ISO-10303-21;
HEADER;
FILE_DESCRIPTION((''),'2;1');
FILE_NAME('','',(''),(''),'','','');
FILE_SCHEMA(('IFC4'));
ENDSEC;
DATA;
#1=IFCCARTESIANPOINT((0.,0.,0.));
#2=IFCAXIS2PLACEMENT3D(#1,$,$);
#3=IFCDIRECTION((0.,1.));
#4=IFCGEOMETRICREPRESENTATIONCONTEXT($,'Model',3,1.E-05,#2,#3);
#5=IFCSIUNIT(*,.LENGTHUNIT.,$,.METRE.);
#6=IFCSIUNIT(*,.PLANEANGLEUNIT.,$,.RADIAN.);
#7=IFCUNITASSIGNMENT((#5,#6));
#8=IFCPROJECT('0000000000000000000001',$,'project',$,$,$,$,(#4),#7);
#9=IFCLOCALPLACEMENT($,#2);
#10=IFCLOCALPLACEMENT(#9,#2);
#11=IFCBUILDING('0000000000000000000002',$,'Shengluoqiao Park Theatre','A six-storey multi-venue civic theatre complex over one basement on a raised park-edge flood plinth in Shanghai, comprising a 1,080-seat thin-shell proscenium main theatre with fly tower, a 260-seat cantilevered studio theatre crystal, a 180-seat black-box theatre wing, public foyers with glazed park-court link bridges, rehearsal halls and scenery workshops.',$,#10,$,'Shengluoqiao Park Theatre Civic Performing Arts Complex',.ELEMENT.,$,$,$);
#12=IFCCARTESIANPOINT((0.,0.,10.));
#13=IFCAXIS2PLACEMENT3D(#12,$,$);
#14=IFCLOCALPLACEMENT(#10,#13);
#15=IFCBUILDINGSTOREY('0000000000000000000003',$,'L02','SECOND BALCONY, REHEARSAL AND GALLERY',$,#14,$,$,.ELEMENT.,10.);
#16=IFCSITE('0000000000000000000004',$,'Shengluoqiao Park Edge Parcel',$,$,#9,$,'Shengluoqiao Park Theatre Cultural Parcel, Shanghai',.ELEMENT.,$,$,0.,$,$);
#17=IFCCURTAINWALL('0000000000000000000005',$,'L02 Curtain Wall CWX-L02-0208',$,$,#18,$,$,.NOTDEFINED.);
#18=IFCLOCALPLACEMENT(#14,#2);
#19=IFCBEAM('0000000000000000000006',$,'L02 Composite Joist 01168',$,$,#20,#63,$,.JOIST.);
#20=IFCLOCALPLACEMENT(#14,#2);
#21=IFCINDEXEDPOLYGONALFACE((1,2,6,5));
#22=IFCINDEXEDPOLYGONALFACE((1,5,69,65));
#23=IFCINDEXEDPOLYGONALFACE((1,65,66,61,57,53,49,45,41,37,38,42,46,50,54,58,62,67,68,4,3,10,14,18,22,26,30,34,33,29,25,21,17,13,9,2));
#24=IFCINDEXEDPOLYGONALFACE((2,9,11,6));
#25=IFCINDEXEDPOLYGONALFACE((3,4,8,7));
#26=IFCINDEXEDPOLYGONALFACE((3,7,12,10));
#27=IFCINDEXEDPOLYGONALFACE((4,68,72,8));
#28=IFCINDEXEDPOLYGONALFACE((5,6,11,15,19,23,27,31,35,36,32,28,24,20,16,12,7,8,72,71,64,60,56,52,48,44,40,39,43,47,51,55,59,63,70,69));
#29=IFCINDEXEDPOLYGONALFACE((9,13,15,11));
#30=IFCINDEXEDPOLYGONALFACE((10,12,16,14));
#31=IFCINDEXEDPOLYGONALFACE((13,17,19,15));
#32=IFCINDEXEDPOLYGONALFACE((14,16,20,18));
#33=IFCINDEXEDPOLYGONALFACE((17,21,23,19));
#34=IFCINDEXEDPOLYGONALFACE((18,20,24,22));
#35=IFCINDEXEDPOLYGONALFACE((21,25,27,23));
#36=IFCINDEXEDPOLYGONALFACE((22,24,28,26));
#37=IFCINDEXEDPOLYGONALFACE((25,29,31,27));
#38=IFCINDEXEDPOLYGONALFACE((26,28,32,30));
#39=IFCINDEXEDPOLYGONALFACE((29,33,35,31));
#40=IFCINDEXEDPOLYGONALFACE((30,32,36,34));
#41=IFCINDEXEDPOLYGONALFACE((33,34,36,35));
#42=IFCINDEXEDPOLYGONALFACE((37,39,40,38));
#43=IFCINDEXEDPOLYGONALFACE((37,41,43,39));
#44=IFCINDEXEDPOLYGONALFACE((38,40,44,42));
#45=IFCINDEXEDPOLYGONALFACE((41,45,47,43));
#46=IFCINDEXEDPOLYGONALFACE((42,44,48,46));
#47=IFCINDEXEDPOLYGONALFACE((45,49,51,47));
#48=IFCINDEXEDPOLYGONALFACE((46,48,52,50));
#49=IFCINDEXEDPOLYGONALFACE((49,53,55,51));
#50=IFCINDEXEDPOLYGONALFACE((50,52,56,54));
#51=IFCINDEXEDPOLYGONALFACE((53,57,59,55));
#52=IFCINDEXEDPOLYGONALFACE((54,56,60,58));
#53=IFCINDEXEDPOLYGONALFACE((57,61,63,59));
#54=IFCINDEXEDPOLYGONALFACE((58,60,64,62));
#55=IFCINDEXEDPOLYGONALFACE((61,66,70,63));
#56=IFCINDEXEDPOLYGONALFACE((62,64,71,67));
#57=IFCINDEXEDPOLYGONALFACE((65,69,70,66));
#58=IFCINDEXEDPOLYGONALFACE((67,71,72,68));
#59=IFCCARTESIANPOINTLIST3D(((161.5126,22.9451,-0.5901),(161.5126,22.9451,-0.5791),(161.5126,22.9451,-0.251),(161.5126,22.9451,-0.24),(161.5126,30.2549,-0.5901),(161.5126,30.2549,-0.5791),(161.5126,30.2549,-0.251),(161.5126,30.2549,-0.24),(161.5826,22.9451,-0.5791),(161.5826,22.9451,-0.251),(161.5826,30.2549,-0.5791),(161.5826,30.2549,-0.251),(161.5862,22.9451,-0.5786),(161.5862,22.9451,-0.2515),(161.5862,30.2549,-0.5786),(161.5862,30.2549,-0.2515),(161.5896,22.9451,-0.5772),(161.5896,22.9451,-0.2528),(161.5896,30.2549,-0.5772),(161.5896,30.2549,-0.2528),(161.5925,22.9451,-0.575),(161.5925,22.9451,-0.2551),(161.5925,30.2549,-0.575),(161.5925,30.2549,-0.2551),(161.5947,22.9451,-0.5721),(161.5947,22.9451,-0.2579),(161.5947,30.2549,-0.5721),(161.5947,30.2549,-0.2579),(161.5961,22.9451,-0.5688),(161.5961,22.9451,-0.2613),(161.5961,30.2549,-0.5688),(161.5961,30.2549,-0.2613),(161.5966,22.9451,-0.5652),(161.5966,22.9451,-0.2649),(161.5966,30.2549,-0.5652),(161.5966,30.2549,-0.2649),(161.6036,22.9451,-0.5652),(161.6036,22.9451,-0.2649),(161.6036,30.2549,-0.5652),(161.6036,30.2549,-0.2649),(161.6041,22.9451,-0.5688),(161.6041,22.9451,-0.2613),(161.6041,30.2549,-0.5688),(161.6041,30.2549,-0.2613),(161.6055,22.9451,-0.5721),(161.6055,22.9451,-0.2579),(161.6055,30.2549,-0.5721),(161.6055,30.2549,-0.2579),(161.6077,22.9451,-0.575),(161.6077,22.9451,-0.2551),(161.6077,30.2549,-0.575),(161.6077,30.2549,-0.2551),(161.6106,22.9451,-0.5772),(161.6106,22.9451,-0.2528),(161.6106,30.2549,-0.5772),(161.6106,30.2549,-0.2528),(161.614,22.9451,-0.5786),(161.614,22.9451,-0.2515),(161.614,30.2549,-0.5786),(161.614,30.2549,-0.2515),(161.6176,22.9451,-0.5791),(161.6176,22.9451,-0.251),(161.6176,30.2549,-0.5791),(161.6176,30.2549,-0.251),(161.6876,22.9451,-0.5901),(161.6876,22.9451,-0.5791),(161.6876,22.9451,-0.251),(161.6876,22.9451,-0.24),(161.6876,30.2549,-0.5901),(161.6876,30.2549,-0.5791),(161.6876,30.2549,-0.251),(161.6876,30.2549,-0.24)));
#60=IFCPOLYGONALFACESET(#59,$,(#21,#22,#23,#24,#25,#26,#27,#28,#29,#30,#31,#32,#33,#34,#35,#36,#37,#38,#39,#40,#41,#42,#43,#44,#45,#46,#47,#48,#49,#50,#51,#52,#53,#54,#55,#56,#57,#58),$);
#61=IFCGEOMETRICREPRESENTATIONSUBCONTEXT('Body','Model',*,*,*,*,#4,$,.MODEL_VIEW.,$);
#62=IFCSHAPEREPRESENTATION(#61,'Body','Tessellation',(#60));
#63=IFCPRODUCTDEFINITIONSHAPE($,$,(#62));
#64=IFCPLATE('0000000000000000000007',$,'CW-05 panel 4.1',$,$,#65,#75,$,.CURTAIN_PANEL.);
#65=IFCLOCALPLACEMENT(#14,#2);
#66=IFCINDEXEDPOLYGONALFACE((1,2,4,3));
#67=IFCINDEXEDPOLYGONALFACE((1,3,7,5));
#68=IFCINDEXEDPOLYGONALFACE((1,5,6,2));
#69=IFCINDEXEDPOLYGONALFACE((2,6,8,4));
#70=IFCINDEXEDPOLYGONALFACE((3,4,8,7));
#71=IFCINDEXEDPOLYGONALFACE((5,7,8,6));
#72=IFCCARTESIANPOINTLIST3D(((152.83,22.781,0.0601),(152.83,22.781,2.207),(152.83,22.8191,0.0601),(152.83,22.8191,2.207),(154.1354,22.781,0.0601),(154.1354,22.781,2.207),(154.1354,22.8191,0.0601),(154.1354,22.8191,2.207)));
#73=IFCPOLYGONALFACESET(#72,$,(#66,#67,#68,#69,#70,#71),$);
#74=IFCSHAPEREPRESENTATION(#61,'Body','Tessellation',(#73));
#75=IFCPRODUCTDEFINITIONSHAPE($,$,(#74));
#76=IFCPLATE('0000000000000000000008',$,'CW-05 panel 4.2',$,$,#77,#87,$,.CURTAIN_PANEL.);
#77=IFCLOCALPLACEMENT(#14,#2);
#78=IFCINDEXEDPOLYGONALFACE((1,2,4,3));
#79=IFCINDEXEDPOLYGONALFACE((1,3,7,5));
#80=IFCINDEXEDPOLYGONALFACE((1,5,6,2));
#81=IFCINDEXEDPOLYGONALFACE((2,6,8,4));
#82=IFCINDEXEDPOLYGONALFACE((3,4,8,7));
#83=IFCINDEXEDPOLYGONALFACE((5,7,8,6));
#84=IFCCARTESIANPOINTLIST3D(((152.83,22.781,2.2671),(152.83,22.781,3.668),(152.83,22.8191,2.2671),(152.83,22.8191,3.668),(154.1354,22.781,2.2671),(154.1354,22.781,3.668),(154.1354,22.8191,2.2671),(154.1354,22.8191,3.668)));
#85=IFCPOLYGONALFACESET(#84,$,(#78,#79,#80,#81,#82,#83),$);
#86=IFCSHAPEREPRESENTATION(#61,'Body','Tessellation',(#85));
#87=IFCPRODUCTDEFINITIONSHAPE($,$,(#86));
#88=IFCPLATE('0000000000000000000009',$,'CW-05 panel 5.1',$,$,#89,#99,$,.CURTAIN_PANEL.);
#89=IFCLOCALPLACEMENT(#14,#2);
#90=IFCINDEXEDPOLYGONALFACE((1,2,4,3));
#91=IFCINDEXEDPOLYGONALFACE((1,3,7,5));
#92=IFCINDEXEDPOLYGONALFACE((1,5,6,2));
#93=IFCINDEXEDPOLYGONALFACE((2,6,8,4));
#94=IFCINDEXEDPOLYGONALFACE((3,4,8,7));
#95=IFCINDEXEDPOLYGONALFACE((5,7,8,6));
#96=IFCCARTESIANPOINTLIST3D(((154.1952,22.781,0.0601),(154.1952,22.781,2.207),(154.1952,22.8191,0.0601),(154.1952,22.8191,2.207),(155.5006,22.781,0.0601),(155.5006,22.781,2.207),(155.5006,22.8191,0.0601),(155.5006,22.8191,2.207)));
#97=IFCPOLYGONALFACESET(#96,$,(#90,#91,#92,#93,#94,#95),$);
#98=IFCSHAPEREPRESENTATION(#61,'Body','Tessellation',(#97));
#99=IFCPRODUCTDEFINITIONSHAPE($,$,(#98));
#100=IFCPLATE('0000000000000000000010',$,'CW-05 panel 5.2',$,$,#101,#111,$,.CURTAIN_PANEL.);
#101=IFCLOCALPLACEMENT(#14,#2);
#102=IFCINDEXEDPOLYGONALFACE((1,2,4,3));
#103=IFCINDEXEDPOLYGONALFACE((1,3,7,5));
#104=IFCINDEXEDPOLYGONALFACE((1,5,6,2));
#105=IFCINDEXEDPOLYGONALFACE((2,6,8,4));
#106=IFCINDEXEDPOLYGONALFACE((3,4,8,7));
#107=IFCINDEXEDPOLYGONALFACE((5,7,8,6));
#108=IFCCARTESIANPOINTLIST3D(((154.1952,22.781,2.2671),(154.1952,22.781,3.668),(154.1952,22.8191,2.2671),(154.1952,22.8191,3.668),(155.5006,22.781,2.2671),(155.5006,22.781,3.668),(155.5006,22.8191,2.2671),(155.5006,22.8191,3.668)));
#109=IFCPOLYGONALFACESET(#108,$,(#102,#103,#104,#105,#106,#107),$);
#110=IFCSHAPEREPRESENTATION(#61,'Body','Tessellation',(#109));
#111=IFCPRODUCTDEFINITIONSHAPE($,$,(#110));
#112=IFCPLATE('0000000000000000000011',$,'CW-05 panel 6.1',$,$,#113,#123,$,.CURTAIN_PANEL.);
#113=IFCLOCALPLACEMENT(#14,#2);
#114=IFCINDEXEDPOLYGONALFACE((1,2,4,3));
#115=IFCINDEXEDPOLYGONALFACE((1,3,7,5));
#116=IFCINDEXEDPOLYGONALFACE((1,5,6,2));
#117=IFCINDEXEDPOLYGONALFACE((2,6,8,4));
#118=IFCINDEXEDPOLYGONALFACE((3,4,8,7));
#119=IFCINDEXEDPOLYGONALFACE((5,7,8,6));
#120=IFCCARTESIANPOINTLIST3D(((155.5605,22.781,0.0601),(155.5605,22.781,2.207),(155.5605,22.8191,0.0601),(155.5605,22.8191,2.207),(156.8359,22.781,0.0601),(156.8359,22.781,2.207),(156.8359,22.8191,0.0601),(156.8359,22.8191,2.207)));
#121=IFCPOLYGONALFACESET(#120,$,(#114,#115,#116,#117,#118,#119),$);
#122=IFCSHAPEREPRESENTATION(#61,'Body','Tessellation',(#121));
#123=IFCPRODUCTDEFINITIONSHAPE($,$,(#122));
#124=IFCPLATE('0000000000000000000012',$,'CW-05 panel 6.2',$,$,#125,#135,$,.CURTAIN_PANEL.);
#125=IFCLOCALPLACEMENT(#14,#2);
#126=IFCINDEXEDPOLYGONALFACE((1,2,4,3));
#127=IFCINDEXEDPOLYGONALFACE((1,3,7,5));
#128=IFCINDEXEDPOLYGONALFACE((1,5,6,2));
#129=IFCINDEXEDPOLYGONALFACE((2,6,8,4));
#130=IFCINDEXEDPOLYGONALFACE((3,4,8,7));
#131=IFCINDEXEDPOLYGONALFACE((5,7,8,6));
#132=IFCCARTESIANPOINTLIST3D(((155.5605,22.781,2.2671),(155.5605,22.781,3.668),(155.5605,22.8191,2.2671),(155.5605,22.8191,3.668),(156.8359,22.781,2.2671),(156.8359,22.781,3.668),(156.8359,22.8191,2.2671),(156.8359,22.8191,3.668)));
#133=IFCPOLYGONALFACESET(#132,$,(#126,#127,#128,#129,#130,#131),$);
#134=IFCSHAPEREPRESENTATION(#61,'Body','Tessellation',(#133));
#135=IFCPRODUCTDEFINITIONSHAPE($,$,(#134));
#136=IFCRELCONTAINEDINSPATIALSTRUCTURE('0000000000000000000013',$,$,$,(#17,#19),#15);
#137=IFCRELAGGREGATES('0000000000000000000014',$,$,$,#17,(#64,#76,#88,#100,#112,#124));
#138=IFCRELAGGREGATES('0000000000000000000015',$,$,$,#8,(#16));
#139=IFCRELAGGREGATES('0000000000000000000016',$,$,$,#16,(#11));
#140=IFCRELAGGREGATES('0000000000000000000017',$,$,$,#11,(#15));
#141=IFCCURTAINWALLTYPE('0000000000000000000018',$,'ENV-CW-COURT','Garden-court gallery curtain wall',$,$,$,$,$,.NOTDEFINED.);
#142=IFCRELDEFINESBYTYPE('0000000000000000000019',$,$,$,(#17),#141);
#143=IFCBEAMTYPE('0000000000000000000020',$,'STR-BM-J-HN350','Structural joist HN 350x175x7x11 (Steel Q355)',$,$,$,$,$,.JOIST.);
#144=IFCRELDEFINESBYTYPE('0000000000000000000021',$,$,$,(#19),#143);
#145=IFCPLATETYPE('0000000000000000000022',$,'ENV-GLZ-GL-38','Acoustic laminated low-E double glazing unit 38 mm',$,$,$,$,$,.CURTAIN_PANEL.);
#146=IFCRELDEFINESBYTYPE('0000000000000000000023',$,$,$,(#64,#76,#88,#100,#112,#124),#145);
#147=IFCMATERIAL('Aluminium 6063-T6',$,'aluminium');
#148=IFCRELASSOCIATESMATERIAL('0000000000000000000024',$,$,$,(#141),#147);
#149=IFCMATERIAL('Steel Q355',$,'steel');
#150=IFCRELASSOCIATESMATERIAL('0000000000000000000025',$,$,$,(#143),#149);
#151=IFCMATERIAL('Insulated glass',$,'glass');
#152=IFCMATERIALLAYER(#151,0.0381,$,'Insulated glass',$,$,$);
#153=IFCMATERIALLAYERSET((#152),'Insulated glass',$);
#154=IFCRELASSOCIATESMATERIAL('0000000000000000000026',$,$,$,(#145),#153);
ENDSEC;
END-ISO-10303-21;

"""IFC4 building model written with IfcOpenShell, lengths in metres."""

from ifc_helpers import new_model, si_unit, direction, frame, origin, origin_2d, place, context, subcontext, project, spatial, rectangle, i_section, extrude, material, layer, layer_set, material_profile, profile_set, type_object, element, aggregate, save


model = new_model("IFC4")

# Units and contexts
model_context = context("Model", 3, precision=1e-05, world=origin(), true_north=direction((0.0, 1.0)))
body_context = subcontext(model_context, "Body", "Model", "MODEL_VIEW")
ifc_project = project(units=[si_unit("LENGTHUNIT", "METRE"), si_unit("PLANEANGLEUNIT", "RADIAN")], contexts=[model_context])

# Site, building, storey
site_placement = place(None, origin())
site = spatial("IfcSite", under=ifc_project, at=site_placement, Name="Shengluoqiao Park Edge Parcel", LongName="Shengluoqiao Park Theatre Cultural Parcel, Shanghai", CompositionType="ELEMENT", RefElevation=0.0)
building_placement = place(site_placement, origin())
building = spatial("IfcBuilding", under=site, at=building_placement, Name="Shengluoqiao Park Theatre", Description="A six-storey multi-venue civic theatre complex over one basement on a raised park-edge flood plinth in Shanghai, comprising a 1,080-seat thin-shell proscenium main theatre with fly tower, a 260-seat cantilevered studio theatre crystal, a 180-seat black-box theatre wing, public foyers with glazed park-court link bridges, rehearsal halls and scenery workshops.", LongName="Shengluoqiao Park Theatre Civic Performing Arts Complex", CompositionType="ELEMENT")
storey_placement = place(building_placement, frame((0.0, 0.0, 10.0)))
storey = spatial("IfcBuildingStorey", under=building, at=storey_placement, Name="L02", Description="SECOND BALCONY, REHEARSAL AND GALLERY", CompositionType="ELEMENT", Elevation=10.0)

# Curtain wall
ifc_material_1 = material(Name="Aluminium 6063-T6", Category="aluminium")
curtain_wall_type = type_object("IfcCurtainWallType", Name="ENV-CW-COURT", Description="Garden-court gallery curtain wall", PredefinedType="NOTDEFINED", material=ifc_material_1)
curtain_wall_placement = place(storey_placement, origin())
curtain_wall = element("IfcCurtainWall", 1, at=curtain_wall_placement, inside=storey, type_object=curtain_wall_type, Name="L02 Curtain Wall CWX-L02-0208", PredefinedType="NOTDEFINED")

# Beam
ifc_material_2 = material(Name="Steel Q355", Category="steel")
ifc_material_profile_1 = material_profile(ifc_material_2, i_section(OverallWidth=0.175, OverallDepth=0.3501, WebThickness=0.0071, FlangeThickness=0.011, FilletRadius=0.0139, at=origin_2d()), Name="HN 350x175x7x11")
ifc_profile_set_1 = profile_set([ifc_material_profile_1], Name="Steel Q355")
beam_type_1 = type_object("IfcBeamType", Name="STR-BM-J-HN350", Description="Structural joist HN 350x175x7x11 (Steel Q355)", PredefinedType="JOIST", material=ifc_profile_set_1)
for number, where, z_axis, x_axis, name in (
    (2, (161.6001, 22.9451, -0.415), (0.0, 1.0, 0.0), (-1.0, 0.0, 0.0), "L02 Composite Joist 01168"),
):
    element("IfcBeam", number, at=place(storey_placement, frame(where, z_axis=z_axis, x_axis=x_axis)), inside=storey, type_object=beam_type_1, Name=name, PredefinedType="JOIST", context=body_context, shape_type="SweptSolid", body=[
        extrude(i_section(OverallWidth=0.175, OverallDepth=0.3501, WebThickness=0.0071, FlangeThickness=0.011, FilletRadius=0.0139, at=origin_2d()), origin(), (0.0, 0.0, 1.0), 7.3098),
    ])

# Plates
ifc_material_3 = material(Name="Insulated glass", Category="glass")
ifc_layer = layer(ifc_material_3, 0.0381, Name="Insulated glass")
ifc_layer_set = layer_set([ifc_layer], Name="Insulated glass")
plate_type = type_object("IfcPlateType", Name="ENV-GLZ-GL-38", Description="Acoustic laminated low-E double glazing unit 38 mm", PredefinedType="CURTAIN_PANEL", material=ifc_layer_set)
plate_1_placement = place(storey_placement, frame((153.4827, 22.8, 0.0601), z_axis=(0.0, 0.0, 1.0), x_axis=(1.0, 0.0, 0.0)))
plate_1 = element("IfcPlate", 3, at=plate_1_placement, type_object=plate_type, Name="CW-05 panel 4.1", PredefinedType="CURTAIN_PANEL", context=body_context, shape_type="SweptSolid", body=[
    extrude(rectangle(XDim=1.3054, YDim=0.0381, at=origin_2d()), origin(), (0.0, 0.0, 1.0), 2.147),
])
plate_2_placement = place(storey_placement, frame((153.4827, 22.8, 2.2671), z_axis=(0.0, 0.0, 1.0), x_axis=(1.0, 0.0, 0.0)))
plate_2 = element("IfcPlate", 4, at=plate_2_placement, type_object=plate_type, Name="CW-05 panel 4.2", PredefinedType="CURTAIN_PANEL", context=body_context, shape_type="SweptSolid", body=[
    extrude(rectangle(XDim=1.3054, YDim=0.0381, at=origin_2d()), origin(), (0.0, 0.0, 1.0), 1.4009),
])
plate_3_placement = place(storey_placement, frame((154.8479, 22.8, 0.0601), z_axis=(0.0, 0.0, 1.0), x_axis=(1.0, 0.0, 0.0)))
plate_3 = element("IfcPlate", 5, at=plate_3_placement, type_object=plate_type, Name="CW-05 panel 5.1", PredefinedType="CURTAIN_PANEL", context=body_context, shape_type="SweptSolid", body=[
    extrude(rectangle(XDim=1.3054, YDim=0.0381, at=origin_2d()), origin(), (0.0, 0.0, 1.0), 2.147),
])
plate_4_placement = place(storey_placement, frame((154.8479, 22.8, 2.2671), z_axis=(0.0, 0.0, 1.0), x_axis=(1.0, 0.0, 0.0)))
plate_4 = element("IfcPlate", 6, at=plate_4_placement, type_object=plate_type, Name="CW-05 panel 5.2", PredefinedType="CURTAIN_PANEL", context=body_context, shape_type="SweptSolid", body=[
    extrude(rectangle(XDim=1.3054, YDim=0.0381, at=origin_2d()), origin(), (0.0, 0.0, 1.0), 1.4009),
])
plate_5_placement = place(storey_placement, frame((156.1982, 22.8, 0.0601), z_axis=(0.0, 0.0, 1.0), x_axis=(1.0, 0.0, 0.0)))
plate_5 = element("IfcPlate", 7, at=plate_5_placement, type_object=plate_type, Name="CW-05 panel 6.1", PredefinedType="CURTAIN_PANEL", context=body_context, shape_type="SweptSolid", body=[
    extrude(rectangle(XDim=1.2754, YDim=0.0381, at=origin_2d()), origin(), (0.0, 0.0, 1.0), 2.147),
])
plate_6_placement = place(storey_placement, frame((156.1982, 22.8, 2.2671), z_axis=(0.0, 0.0, 1.0), x_axis=(1.0, 0.0, 0.0)))
plate_6 = element("IfcPlate", 8, at=plate_6_placement, type_object=plate_type, Name="CW-05 panel 6.2", PredefinedType="CURTAIN_PANEL", context=body_context, shape_type="SweptSolid", body=[
    extrude(rectangle(XDim=1.2754, YDim=0.0381, at=origin_2d()), origin(), (0.0, 0.0, 1.0), 1.4009),
])
aggregate(curtain_wall, [plate_1, plate_2, plate_3, plate_4, plate_5, plate_6])

save(model, "model.ifc")
